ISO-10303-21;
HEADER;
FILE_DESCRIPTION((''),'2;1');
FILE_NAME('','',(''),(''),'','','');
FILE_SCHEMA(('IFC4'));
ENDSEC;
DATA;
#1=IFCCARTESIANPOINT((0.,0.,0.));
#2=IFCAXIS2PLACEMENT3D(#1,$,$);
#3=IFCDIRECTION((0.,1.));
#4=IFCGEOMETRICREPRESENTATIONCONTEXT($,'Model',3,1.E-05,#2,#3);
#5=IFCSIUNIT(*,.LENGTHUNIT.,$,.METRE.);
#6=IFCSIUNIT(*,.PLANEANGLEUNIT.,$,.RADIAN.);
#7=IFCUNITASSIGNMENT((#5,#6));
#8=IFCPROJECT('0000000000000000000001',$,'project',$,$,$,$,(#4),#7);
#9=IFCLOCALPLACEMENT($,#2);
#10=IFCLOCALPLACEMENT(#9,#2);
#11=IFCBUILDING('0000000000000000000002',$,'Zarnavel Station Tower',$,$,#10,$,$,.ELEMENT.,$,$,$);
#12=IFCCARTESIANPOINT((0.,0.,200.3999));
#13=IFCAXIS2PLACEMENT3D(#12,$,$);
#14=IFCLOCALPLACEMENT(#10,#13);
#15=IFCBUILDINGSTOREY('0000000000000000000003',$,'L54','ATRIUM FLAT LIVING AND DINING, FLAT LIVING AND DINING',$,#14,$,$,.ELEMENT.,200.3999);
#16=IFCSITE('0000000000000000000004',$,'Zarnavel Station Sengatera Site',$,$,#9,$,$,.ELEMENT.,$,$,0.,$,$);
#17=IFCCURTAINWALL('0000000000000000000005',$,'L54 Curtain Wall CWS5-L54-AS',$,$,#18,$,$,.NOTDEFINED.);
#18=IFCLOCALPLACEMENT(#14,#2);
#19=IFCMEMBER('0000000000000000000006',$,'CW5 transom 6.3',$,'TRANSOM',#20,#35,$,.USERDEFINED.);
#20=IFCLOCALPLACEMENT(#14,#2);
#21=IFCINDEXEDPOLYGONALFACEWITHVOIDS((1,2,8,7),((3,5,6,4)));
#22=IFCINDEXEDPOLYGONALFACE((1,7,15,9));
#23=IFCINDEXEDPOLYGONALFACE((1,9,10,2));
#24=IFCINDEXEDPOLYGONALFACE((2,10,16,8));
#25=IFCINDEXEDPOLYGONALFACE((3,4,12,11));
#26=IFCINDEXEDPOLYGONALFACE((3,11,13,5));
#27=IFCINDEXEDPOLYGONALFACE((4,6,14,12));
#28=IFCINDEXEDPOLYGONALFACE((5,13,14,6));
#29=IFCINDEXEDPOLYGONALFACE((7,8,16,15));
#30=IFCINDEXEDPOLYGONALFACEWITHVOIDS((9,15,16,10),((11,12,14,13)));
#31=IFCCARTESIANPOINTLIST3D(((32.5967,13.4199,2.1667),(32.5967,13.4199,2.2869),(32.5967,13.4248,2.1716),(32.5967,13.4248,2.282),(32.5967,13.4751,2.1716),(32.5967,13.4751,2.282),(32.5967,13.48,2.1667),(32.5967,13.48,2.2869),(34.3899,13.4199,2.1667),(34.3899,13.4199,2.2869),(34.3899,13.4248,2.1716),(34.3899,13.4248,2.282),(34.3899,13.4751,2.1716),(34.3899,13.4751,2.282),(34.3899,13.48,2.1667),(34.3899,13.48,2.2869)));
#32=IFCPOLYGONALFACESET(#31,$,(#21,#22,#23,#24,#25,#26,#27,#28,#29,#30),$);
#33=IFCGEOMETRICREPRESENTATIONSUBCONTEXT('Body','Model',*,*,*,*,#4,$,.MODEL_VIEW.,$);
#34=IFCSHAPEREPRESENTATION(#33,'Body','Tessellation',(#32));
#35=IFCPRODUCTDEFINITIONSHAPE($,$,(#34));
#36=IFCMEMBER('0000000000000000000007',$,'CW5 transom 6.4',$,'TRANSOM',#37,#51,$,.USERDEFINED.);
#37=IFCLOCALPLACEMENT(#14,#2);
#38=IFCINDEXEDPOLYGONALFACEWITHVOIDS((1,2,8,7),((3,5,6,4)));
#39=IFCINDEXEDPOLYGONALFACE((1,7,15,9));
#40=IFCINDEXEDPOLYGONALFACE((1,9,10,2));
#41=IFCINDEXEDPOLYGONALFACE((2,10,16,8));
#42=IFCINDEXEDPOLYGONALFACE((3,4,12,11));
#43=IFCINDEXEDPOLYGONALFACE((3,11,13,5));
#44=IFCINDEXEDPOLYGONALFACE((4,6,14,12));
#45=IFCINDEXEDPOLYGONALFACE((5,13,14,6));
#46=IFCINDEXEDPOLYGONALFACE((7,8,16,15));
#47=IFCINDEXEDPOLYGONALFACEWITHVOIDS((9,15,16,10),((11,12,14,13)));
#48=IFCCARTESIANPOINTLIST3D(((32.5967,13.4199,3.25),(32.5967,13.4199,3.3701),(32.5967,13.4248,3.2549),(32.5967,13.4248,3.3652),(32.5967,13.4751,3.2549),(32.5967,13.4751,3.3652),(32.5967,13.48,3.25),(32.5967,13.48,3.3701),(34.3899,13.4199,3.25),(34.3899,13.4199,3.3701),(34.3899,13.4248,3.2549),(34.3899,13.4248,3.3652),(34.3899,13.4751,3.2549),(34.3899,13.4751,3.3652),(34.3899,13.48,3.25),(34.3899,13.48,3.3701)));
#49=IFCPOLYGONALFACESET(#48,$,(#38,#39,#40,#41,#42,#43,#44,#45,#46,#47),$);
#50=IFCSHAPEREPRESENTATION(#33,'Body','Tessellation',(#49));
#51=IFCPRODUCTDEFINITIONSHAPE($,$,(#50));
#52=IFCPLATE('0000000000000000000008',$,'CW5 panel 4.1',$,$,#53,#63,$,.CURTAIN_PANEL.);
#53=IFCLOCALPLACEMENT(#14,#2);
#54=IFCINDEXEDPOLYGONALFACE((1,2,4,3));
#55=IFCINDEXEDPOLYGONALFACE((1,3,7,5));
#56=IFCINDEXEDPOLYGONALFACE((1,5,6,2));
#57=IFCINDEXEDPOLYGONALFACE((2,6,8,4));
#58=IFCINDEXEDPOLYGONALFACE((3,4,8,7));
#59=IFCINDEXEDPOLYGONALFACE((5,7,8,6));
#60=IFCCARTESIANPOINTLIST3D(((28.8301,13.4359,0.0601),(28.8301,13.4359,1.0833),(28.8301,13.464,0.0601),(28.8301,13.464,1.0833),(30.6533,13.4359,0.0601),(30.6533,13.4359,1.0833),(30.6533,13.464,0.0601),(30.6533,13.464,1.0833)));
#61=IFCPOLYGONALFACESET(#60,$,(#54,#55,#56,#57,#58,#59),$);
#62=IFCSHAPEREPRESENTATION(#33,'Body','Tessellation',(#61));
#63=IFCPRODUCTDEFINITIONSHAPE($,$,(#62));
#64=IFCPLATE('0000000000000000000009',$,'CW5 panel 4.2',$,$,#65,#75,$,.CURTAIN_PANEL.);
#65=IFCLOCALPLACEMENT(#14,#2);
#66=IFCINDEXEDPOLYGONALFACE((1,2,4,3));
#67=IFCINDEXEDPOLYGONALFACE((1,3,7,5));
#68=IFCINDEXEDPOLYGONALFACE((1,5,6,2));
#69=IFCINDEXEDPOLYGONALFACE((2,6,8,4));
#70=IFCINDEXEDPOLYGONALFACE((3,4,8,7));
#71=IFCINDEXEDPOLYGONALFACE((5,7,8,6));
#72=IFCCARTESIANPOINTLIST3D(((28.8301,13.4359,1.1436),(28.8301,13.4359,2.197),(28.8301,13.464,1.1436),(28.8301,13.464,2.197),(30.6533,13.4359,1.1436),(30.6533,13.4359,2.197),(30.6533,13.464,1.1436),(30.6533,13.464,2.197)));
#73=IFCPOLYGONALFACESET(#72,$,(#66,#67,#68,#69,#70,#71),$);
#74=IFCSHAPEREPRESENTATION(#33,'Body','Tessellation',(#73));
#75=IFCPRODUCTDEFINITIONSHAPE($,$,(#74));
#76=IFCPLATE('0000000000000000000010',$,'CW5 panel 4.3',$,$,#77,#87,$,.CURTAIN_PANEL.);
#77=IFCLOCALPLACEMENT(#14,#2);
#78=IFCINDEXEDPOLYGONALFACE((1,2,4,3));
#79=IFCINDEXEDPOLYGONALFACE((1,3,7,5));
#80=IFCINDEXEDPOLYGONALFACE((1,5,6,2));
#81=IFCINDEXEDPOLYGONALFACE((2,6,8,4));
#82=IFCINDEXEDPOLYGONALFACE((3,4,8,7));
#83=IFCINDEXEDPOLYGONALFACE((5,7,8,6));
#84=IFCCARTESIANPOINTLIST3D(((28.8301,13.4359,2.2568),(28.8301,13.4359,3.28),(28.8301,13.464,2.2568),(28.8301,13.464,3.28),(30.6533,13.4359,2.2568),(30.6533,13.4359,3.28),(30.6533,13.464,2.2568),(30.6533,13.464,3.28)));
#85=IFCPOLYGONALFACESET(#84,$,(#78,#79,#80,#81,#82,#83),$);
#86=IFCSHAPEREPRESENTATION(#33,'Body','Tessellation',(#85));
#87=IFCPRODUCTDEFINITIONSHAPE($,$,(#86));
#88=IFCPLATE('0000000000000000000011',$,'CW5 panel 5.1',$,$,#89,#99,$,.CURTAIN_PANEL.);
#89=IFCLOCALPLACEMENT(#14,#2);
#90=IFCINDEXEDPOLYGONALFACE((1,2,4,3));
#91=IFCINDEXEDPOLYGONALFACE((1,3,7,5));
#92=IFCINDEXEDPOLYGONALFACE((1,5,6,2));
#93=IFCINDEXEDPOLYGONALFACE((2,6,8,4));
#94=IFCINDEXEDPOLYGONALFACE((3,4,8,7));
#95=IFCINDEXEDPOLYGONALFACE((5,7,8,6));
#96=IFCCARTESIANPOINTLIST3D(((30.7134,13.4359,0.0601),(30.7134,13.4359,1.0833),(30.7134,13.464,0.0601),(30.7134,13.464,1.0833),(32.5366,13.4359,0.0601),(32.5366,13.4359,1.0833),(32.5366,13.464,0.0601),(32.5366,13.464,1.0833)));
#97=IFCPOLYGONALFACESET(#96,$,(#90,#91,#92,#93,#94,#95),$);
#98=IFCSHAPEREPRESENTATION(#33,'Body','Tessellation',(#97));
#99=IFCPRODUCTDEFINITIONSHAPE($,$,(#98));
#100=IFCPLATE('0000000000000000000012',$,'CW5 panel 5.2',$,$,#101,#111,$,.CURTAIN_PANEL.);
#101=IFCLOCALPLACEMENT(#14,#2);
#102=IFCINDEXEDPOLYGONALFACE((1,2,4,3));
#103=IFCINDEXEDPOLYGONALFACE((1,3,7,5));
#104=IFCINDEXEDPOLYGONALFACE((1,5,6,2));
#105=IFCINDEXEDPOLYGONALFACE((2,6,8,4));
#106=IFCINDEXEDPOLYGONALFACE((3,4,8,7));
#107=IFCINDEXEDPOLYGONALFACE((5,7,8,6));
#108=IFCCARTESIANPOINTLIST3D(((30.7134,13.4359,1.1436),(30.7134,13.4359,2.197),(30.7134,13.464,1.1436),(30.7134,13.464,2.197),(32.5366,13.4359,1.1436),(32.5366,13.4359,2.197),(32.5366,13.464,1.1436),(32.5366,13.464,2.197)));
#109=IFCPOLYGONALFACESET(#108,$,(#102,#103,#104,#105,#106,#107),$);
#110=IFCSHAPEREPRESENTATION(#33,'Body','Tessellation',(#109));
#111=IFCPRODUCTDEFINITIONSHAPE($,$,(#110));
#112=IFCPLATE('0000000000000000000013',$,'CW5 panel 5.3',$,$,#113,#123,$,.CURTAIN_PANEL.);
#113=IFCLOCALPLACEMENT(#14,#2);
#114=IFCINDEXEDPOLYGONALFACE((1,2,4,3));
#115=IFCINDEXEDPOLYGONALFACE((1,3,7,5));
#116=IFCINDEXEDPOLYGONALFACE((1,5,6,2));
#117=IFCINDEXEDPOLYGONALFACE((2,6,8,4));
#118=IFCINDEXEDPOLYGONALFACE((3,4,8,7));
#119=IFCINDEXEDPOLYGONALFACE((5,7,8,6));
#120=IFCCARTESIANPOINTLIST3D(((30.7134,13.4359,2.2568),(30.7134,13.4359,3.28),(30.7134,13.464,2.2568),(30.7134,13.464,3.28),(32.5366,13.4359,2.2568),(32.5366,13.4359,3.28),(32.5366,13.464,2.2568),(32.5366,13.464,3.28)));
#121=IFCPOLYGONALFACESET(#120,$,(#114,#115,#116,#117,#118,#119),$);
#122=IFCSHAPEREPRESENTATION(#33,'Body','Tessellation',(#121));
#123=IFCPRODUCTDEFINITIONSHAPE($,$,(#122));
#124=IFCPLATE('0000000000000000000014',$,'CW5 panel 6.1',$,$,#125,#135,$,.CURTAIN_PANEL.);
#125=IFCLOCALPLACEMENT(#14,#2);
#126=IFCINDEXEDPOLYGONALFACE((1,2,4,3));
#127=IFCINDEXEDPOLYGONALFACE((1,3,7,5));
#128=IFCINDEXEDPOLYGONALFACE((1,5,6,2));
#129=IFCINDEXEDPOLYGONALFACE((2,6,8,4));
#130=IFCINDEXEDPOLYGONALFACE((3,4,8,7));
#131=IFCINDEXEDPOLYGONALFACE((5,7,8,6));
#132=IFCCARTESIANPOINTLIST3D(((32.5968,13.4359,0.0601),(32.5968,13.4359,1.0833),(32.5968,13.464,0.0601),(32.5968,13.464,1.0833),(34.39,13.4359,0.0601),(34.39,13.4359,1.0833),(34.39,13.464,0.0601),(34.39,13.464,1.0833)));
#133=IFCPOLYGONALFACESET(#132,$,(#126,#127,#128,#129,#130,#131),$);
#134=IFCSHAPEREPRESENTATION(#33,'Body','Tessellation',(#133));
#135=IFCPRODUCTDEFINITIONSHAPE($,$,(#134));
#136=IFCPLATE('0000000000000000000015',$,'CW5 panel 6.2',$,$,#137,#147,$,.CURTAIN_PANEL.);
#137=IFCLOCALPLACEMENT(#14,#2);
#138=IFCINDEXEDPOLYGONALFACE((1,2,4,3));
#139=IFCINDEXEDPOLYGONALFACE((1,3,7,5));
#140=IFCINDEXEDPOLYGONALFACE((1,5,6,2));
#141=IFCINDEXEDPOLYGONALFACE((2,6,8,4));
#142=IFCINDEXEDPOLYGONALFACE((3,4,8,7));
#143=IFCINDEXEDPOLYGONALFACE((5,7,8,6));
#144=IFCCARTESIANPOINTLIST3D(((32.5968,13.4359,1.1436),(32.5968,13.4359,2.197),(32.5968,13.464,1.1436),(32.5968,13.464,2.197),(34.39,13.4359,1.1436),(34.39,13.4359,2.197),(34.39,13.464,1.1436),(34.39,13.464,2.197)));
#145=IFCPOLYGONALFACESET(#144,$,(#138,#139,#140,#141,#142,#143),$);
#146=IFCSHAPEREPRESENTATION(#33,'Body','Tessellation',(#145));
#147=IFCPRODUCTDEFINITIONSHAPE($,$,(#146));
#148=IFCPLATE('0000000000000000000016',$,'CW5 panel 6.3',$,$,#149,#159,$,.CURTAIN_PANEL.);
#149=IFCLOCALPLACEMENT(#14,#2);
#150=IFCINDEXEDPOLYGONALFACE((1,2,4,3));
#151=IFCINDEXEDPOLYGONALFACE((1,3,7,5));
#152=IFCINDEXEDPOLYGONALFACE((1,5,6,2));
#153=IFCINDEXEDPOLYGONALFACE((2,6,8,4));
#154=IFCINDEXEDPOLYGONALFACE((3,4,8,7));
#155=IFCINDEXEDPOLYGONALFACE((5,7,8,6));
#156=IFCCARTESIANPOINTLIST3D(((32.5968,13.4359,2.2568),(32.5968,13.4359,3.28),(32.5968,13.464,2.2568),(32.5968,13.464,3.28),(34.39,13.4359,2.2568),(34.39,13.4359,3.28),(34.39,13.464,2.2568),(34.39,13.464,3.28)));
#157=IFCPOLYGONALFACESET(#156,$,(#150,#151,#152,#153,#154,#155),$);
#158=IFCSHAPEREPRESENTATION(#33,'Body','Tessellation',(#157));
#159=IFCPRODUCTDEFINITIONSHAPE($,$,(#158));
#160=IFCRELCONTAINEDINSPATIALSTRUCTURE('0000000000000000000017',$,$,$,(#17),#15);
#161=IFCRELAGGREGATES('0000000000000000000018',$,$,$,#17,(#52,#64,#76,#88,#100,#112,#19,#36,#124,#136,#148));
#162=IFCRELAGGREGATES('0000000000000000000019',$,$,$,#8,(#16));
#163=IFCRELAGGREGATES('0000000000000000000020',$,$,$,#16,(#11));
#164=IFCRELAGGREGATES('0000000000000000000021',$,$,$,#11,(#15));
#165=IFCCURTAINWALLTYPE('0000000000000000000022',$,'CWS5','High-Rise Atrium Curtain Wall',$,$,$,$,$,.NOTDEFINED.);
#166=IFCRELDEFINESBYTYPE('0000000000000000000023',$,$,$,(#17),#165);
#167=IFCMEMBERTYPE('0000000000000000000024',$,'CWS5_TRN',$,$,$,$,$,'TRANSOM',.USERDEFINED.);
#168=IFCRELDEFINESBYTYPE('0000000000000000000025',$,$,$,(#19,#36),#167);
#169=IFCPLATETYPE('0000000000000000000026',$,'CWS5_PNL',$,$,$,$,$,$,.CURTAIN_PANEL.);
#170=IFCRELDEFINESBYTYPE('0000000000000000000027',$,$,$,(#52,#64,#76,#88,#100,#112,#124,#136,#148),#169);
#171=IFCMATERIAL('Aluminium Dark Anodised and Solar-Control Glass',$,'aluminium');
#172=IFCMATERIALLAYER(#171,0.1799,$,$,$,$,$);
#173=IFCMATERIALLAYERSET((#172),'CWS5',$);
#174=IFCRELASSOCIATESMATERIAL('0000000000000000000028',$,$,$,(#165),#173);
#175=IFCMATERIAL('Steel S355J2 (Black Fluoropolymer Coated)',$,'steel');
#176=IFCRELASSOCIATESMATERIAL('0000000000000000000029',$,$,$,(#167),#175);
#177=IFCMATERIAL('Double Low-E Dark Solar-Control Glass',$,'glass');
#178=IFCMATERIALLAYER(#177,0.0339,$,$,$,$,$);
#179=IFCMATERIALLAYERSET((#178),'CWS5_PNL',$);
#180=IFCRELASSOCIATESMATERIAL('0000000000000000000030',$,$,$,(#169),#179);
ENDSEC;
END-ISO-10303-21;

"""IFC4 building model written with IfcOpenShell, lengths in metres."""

from ifc_helpers import new_model, si_unit, direction, frame, origin, origin_2d, place, context, subcontext, project, spatial, rectangle, hollow_rectangle, extrude, material, layer, layer_set, material_profile, profile_set, type_object, element, aggregate, save


model = new_model("IFC4")

# Units and contexts
model_context = context("Model", 3, precision=1e-05, world=origin(), true_north=direction((0.0, 1.0)))
body_context = subcontext(model_context, "Body", "Model", "MODEL_VIEW")
ifc_project = project(units=[si_unit("LENGTHUNIT", "METRE"), si_unit("PLANEANGLEUNIT", "RADIAN")], contexts=[model_context])

# Site, building, storey
site_placement = place(None, origin())
site = spatial("IfcSite", under=ifc_project, at=site_placement, Name="Zarnavel Station Sengatera Site", CompositionType="ELEMENT", RefElevation=0.0)
building_placement = place(site_placement, origin())
building = spatial("IfcBuilding", under=site, at=building_placement, Name="Zarnavel Station Tower", CompositionType="ELEMENT")
storey_placement = place(building_placement, frame((0.0, 0.0, 200.3999)))
storey = spatial("IfcBuildingStorey", under=building, at=storey_placement, Name="L54", Description="ATRIUM FLAT LIVING AND DINING, FLAT LIVING AND DINING", CompositionType="ELEMENT", Elevation=200.3999)

# Curtain wall, members, plates
ifc_material_1 = material(Name="Aluminium Dark Anodised and Solar-Control Glass", Category="aluminium")
ifc_layer_1 = layer(ifc_material_1, 0.1799)
ifc_layer_set_1 = layer_set([ifc_layer_1], Name="CWS5")
curtain_wall_type = type_object("IfcCurtainWallType", Name="CWS5", Description="High-Rise Atrium Curtain Wall", PredefinedType="NOTDEFINED", material=ifc_layer_set_1)
curtain_wall_placement = place(storey_placement, origin())
curtain_wall = element("IfcCurtainWall", 1, at=curtain_wall_placement, inside=storey, type_object=curtain_wall_type, Name="L54 Curtain Wall CWS5-L54-AS", PredefinedType="NOTDEFINED")
ifc_material_2 = material(Name="Steel S355J2 (Black Fluoropolymer Coated)", Category="steel")
ifc_material_profile_1 = material_profile(ifc_material_2, hollow_rectangle(XDim=0.0601, YDim=0.1201, WallThickness=0.0049, at=origin_2d()), Name="RHS120x60x5")
ifc_profile_set_1 = profile_set([ifc_material_profile_1], Name="Steel S355J2 (Black Fluoropolymer Coated)")
member_type_1 = type_object("IfcMemberType", Name="CWS5_TRN", ElementType="TRANSOM", PredefinedType="USERDEFINED", material=ifc_profile_set_1)
member_1_placement = place(storey_placement, frame((32.5967, 13.45, 2.2268), z_axis=(1.0, 0.0, 0.0), x_axis=(0.0, 1.0, 0.0)))
member_1 = element("IfcMember", 2, at=member_1_placement, type_object=member_type_1, Name="CW5 transom 6.3", ObjectType="TRANSOM", PredefinedType="USERDEFINED", context=body_context, shape_type="SweptSolid", body=[
    extrude(hollow_rectangle(XDim=0.0601, YDim=0.1201, WallThickness=0.0049, at=origin_2d()), origin(), (0.0, 0.0, 1.0), 1.7932),
])
member_2_placement = place(storey_placement, frame((32.5967, 13.45, 3.3101), z_axis=(1.0, 0.0, 0.0), x_axis=(0.0, 1.0, 0.0)))
member_2 = element("IfcMember", 3, at=member_2_placement, type_object=member_type_1, Name="CW5 transom 6.4", ObjectType="TRANSOM", PredefinedType="USERDEFINED", context=body_context, shape_type="SweptSolid", body=[
    extrude(hollow_rectangle(XDim=0.0601, YDim=0.1201, WallThickness=0.0049, at=origin_2d()), origin(), (0.0, 0.0, 1.0), 1.7932),
])
ifc_material_3 = material(Name="Double Low-E Dark Solar-Control Glass", Category="glass")
ifc_layer_2 = layer(ifc_material_3, 0.0339)
ifc_layer_set_2 = layer_set([ifc_layer_2], Name="CWS5_PNL")
plate_type = type_object("IfcPlateType", Name="CWS5_PNL", PredefinedType="CURTAIN_PANEL", material=ifc_layer_set_2)
plate_1_placement = place(storey_placement, frame((29.7417, 13.45, 0.0601), z_axis=(0.0, 0.0, 1.0), x_axis=(1.0, 0.0, 0.0)))
plate_1 = element("IfcPlate", 4, at=plate_1_placement, type_object=plate_type, Name="CW5 panel 4.1", PredefinedType="CURTAIN_PANEL", context=body_context, shape_type="SweptSolid", body=[
    extrude(rectangle(XDim=1.8232, YDim=0.0281, at=origin_2d()), origin(), (0.0, 0.0, 1.0), 1.0232),
])
plate_2_placement = place(storey_placement, frame((29.7417, 13.45, 1.1436), z_axis=(0.0, 0.0, 1.0), x_axis=(1.0, 0.0, 0.0)))
plate_2 = element("IfcPlate", 5, at=plate_2_placement, type_object=plate_type, Name="CW5 panel 4.2", PredefinedType="CURTAIN_PANEL", context=body_context, shape_type="SweptSolid", body=[
    extrude(rectangle(XDim=1.8232, YDim=0.0281, at=origin_2d()), origin(), (0.0, 0.0, 1.0), 1.0535),
])
plate_3_placement = place(storey_placement, frame((29.7417, 13.45, 2.2568), z_axis=(0.0, 0.0, 1.0), x_axis=(1.0, 0.0, 0.0)))
plate_3 = element("IfcPlate", 6, at=plate_3_placement, type_object=plate_type, Name="CW5 panel 4.3", PredefinedType="CURTAIN_PANEL", context=body_context, shape_type="SweptSolid", body=[
    extrude(rectangle(XDim=1.8232, YDim=0.0281, at=origin_2d()), origin(), (0.0, 0.0, 1.0), 1.0232),
])
plate_4_placement = place(storey_placement, frame((31.625, 13.45, 0.0601), z_axis=(0.0, 0.0, 1.0), x_axis=(1.0, 0.0, 0.0)))
plate_4 = element("IfcPlate", 7, at=plate_4_placement, type_object=plate_type, Name="CW5 panel 5.1", PredefinedType="CURTAIN_PANEL", context=body_context, shape_type="SweptSolid", body=[
    extrude(rectangle(XDim=1.8232, YDim=0.0281, at=origin_2d()), origin(), (0.0, 0.0, 1.0), 1.0232),
])
plate_5_placement = place(storey_placement, frame((31.625, 13.45, 1.1436), z_axis=(0.0, 0.0, 1.0), x_axis=(1.0, 0.0, 0.0)))
plate_5 = element("IfcPlate", 8, at=plate_5_placement, type_object=plate_type, Name="CW5 panel 5.2", PredefinedType="CURTAIN_PANEL", context=body_context, shape_type="SweptSolid", body=[
    extrude(rectangle(XDim=1.8232, YDim=0.0281, at=origin_2d()), origin(), (0.0, 0.0, 1.0), 1.0535),
])
plate_6_placement = place(storey_placement, frame((31.625, 13.45, 2.2568), z_axis=(0.0, 0.0, 1.0), x_axis=(1.0, 0.0, 0.0)))
plate_6 = element("IfcPlate", 9, at=plate_6_placement, type_object=plate_type, Name="CW5 panel 5.3", PredefinedType="CURTAIN_PANEL", context=body_context, shape_type="SweptSolid", body=[
    extrude(rectangle(XDim=1.8232, YDim=0.0281, at=origin_2d()), origin(), (0.0, 0.0, 1.0), 1.0232),
])
plate_7_placement = place(storey_placement, frame((33.4934, 13.45, 0.0601), z_axis=(0.0, 0.0, 1.0), x_axis=(1.0, 0.0, 0.0)))
plate_7 = element("IfcPlate", 10, at=plate_7_placement, type_object=plate_type, Name="CW5 panel 6.1", PredefinedType="CURTAIN_PANEL", context=body_context, shape_type="SweptSolid", body=[
    extrude(rectangle(XDim=1.7932, YDim=0.0281, at=origin_2d()), origin(), (0.0, 0.0, 1.0), 1.0232),
])
plate_8_placement = place(storey_placement, frame((33.4934, 13.45, 1.1436), z_axis=(0.0, 0.0, 1.0), x_axis=(1.0, 0.0, 0.0)))
plate_8 = element("IfcPlate", 11, at=plate_8_placement, type_object=plate_type, Name="CW5 panel 6.2", PredefinedType="CURTAIN_PANEL", context=body_context, shape_type="SweptSolid", body=[
    extrude(rectangle(XDim=1.7932, YDim=0.0281, at=origin_2d()), origin(), (0.0, 0.0, 1.0), 1.0535),
])
plate_9_placement = place(storey_placement, frame((33.4934, 13.45, 2.2568), z_axis=(0.0, 0.0, 1.0), x_axis=(1.0, 0.0, 0.0)))
plate_9 = element("IfcPlate", 12, at=plate_9_placement, type_object=plate_type, Name="CW5 panel 6.3", PredefinedType="CURTAIN_PANEL", context=body_context, shape_type="SweptSolid", body=[
    extrude(rectangle(XDim=1.7932, YDim=0.0281, at=origin_2d()), origin(), (0.0, 0.0, 1.0), 1.0232),
])
aggregate(curtain_wall, [plate_1, plate_2, plate_3, plate_4, plate_5, plate_6, member_1, member_2, plate_7, plate_8, plate_9])

save(model, "model.ifc")
